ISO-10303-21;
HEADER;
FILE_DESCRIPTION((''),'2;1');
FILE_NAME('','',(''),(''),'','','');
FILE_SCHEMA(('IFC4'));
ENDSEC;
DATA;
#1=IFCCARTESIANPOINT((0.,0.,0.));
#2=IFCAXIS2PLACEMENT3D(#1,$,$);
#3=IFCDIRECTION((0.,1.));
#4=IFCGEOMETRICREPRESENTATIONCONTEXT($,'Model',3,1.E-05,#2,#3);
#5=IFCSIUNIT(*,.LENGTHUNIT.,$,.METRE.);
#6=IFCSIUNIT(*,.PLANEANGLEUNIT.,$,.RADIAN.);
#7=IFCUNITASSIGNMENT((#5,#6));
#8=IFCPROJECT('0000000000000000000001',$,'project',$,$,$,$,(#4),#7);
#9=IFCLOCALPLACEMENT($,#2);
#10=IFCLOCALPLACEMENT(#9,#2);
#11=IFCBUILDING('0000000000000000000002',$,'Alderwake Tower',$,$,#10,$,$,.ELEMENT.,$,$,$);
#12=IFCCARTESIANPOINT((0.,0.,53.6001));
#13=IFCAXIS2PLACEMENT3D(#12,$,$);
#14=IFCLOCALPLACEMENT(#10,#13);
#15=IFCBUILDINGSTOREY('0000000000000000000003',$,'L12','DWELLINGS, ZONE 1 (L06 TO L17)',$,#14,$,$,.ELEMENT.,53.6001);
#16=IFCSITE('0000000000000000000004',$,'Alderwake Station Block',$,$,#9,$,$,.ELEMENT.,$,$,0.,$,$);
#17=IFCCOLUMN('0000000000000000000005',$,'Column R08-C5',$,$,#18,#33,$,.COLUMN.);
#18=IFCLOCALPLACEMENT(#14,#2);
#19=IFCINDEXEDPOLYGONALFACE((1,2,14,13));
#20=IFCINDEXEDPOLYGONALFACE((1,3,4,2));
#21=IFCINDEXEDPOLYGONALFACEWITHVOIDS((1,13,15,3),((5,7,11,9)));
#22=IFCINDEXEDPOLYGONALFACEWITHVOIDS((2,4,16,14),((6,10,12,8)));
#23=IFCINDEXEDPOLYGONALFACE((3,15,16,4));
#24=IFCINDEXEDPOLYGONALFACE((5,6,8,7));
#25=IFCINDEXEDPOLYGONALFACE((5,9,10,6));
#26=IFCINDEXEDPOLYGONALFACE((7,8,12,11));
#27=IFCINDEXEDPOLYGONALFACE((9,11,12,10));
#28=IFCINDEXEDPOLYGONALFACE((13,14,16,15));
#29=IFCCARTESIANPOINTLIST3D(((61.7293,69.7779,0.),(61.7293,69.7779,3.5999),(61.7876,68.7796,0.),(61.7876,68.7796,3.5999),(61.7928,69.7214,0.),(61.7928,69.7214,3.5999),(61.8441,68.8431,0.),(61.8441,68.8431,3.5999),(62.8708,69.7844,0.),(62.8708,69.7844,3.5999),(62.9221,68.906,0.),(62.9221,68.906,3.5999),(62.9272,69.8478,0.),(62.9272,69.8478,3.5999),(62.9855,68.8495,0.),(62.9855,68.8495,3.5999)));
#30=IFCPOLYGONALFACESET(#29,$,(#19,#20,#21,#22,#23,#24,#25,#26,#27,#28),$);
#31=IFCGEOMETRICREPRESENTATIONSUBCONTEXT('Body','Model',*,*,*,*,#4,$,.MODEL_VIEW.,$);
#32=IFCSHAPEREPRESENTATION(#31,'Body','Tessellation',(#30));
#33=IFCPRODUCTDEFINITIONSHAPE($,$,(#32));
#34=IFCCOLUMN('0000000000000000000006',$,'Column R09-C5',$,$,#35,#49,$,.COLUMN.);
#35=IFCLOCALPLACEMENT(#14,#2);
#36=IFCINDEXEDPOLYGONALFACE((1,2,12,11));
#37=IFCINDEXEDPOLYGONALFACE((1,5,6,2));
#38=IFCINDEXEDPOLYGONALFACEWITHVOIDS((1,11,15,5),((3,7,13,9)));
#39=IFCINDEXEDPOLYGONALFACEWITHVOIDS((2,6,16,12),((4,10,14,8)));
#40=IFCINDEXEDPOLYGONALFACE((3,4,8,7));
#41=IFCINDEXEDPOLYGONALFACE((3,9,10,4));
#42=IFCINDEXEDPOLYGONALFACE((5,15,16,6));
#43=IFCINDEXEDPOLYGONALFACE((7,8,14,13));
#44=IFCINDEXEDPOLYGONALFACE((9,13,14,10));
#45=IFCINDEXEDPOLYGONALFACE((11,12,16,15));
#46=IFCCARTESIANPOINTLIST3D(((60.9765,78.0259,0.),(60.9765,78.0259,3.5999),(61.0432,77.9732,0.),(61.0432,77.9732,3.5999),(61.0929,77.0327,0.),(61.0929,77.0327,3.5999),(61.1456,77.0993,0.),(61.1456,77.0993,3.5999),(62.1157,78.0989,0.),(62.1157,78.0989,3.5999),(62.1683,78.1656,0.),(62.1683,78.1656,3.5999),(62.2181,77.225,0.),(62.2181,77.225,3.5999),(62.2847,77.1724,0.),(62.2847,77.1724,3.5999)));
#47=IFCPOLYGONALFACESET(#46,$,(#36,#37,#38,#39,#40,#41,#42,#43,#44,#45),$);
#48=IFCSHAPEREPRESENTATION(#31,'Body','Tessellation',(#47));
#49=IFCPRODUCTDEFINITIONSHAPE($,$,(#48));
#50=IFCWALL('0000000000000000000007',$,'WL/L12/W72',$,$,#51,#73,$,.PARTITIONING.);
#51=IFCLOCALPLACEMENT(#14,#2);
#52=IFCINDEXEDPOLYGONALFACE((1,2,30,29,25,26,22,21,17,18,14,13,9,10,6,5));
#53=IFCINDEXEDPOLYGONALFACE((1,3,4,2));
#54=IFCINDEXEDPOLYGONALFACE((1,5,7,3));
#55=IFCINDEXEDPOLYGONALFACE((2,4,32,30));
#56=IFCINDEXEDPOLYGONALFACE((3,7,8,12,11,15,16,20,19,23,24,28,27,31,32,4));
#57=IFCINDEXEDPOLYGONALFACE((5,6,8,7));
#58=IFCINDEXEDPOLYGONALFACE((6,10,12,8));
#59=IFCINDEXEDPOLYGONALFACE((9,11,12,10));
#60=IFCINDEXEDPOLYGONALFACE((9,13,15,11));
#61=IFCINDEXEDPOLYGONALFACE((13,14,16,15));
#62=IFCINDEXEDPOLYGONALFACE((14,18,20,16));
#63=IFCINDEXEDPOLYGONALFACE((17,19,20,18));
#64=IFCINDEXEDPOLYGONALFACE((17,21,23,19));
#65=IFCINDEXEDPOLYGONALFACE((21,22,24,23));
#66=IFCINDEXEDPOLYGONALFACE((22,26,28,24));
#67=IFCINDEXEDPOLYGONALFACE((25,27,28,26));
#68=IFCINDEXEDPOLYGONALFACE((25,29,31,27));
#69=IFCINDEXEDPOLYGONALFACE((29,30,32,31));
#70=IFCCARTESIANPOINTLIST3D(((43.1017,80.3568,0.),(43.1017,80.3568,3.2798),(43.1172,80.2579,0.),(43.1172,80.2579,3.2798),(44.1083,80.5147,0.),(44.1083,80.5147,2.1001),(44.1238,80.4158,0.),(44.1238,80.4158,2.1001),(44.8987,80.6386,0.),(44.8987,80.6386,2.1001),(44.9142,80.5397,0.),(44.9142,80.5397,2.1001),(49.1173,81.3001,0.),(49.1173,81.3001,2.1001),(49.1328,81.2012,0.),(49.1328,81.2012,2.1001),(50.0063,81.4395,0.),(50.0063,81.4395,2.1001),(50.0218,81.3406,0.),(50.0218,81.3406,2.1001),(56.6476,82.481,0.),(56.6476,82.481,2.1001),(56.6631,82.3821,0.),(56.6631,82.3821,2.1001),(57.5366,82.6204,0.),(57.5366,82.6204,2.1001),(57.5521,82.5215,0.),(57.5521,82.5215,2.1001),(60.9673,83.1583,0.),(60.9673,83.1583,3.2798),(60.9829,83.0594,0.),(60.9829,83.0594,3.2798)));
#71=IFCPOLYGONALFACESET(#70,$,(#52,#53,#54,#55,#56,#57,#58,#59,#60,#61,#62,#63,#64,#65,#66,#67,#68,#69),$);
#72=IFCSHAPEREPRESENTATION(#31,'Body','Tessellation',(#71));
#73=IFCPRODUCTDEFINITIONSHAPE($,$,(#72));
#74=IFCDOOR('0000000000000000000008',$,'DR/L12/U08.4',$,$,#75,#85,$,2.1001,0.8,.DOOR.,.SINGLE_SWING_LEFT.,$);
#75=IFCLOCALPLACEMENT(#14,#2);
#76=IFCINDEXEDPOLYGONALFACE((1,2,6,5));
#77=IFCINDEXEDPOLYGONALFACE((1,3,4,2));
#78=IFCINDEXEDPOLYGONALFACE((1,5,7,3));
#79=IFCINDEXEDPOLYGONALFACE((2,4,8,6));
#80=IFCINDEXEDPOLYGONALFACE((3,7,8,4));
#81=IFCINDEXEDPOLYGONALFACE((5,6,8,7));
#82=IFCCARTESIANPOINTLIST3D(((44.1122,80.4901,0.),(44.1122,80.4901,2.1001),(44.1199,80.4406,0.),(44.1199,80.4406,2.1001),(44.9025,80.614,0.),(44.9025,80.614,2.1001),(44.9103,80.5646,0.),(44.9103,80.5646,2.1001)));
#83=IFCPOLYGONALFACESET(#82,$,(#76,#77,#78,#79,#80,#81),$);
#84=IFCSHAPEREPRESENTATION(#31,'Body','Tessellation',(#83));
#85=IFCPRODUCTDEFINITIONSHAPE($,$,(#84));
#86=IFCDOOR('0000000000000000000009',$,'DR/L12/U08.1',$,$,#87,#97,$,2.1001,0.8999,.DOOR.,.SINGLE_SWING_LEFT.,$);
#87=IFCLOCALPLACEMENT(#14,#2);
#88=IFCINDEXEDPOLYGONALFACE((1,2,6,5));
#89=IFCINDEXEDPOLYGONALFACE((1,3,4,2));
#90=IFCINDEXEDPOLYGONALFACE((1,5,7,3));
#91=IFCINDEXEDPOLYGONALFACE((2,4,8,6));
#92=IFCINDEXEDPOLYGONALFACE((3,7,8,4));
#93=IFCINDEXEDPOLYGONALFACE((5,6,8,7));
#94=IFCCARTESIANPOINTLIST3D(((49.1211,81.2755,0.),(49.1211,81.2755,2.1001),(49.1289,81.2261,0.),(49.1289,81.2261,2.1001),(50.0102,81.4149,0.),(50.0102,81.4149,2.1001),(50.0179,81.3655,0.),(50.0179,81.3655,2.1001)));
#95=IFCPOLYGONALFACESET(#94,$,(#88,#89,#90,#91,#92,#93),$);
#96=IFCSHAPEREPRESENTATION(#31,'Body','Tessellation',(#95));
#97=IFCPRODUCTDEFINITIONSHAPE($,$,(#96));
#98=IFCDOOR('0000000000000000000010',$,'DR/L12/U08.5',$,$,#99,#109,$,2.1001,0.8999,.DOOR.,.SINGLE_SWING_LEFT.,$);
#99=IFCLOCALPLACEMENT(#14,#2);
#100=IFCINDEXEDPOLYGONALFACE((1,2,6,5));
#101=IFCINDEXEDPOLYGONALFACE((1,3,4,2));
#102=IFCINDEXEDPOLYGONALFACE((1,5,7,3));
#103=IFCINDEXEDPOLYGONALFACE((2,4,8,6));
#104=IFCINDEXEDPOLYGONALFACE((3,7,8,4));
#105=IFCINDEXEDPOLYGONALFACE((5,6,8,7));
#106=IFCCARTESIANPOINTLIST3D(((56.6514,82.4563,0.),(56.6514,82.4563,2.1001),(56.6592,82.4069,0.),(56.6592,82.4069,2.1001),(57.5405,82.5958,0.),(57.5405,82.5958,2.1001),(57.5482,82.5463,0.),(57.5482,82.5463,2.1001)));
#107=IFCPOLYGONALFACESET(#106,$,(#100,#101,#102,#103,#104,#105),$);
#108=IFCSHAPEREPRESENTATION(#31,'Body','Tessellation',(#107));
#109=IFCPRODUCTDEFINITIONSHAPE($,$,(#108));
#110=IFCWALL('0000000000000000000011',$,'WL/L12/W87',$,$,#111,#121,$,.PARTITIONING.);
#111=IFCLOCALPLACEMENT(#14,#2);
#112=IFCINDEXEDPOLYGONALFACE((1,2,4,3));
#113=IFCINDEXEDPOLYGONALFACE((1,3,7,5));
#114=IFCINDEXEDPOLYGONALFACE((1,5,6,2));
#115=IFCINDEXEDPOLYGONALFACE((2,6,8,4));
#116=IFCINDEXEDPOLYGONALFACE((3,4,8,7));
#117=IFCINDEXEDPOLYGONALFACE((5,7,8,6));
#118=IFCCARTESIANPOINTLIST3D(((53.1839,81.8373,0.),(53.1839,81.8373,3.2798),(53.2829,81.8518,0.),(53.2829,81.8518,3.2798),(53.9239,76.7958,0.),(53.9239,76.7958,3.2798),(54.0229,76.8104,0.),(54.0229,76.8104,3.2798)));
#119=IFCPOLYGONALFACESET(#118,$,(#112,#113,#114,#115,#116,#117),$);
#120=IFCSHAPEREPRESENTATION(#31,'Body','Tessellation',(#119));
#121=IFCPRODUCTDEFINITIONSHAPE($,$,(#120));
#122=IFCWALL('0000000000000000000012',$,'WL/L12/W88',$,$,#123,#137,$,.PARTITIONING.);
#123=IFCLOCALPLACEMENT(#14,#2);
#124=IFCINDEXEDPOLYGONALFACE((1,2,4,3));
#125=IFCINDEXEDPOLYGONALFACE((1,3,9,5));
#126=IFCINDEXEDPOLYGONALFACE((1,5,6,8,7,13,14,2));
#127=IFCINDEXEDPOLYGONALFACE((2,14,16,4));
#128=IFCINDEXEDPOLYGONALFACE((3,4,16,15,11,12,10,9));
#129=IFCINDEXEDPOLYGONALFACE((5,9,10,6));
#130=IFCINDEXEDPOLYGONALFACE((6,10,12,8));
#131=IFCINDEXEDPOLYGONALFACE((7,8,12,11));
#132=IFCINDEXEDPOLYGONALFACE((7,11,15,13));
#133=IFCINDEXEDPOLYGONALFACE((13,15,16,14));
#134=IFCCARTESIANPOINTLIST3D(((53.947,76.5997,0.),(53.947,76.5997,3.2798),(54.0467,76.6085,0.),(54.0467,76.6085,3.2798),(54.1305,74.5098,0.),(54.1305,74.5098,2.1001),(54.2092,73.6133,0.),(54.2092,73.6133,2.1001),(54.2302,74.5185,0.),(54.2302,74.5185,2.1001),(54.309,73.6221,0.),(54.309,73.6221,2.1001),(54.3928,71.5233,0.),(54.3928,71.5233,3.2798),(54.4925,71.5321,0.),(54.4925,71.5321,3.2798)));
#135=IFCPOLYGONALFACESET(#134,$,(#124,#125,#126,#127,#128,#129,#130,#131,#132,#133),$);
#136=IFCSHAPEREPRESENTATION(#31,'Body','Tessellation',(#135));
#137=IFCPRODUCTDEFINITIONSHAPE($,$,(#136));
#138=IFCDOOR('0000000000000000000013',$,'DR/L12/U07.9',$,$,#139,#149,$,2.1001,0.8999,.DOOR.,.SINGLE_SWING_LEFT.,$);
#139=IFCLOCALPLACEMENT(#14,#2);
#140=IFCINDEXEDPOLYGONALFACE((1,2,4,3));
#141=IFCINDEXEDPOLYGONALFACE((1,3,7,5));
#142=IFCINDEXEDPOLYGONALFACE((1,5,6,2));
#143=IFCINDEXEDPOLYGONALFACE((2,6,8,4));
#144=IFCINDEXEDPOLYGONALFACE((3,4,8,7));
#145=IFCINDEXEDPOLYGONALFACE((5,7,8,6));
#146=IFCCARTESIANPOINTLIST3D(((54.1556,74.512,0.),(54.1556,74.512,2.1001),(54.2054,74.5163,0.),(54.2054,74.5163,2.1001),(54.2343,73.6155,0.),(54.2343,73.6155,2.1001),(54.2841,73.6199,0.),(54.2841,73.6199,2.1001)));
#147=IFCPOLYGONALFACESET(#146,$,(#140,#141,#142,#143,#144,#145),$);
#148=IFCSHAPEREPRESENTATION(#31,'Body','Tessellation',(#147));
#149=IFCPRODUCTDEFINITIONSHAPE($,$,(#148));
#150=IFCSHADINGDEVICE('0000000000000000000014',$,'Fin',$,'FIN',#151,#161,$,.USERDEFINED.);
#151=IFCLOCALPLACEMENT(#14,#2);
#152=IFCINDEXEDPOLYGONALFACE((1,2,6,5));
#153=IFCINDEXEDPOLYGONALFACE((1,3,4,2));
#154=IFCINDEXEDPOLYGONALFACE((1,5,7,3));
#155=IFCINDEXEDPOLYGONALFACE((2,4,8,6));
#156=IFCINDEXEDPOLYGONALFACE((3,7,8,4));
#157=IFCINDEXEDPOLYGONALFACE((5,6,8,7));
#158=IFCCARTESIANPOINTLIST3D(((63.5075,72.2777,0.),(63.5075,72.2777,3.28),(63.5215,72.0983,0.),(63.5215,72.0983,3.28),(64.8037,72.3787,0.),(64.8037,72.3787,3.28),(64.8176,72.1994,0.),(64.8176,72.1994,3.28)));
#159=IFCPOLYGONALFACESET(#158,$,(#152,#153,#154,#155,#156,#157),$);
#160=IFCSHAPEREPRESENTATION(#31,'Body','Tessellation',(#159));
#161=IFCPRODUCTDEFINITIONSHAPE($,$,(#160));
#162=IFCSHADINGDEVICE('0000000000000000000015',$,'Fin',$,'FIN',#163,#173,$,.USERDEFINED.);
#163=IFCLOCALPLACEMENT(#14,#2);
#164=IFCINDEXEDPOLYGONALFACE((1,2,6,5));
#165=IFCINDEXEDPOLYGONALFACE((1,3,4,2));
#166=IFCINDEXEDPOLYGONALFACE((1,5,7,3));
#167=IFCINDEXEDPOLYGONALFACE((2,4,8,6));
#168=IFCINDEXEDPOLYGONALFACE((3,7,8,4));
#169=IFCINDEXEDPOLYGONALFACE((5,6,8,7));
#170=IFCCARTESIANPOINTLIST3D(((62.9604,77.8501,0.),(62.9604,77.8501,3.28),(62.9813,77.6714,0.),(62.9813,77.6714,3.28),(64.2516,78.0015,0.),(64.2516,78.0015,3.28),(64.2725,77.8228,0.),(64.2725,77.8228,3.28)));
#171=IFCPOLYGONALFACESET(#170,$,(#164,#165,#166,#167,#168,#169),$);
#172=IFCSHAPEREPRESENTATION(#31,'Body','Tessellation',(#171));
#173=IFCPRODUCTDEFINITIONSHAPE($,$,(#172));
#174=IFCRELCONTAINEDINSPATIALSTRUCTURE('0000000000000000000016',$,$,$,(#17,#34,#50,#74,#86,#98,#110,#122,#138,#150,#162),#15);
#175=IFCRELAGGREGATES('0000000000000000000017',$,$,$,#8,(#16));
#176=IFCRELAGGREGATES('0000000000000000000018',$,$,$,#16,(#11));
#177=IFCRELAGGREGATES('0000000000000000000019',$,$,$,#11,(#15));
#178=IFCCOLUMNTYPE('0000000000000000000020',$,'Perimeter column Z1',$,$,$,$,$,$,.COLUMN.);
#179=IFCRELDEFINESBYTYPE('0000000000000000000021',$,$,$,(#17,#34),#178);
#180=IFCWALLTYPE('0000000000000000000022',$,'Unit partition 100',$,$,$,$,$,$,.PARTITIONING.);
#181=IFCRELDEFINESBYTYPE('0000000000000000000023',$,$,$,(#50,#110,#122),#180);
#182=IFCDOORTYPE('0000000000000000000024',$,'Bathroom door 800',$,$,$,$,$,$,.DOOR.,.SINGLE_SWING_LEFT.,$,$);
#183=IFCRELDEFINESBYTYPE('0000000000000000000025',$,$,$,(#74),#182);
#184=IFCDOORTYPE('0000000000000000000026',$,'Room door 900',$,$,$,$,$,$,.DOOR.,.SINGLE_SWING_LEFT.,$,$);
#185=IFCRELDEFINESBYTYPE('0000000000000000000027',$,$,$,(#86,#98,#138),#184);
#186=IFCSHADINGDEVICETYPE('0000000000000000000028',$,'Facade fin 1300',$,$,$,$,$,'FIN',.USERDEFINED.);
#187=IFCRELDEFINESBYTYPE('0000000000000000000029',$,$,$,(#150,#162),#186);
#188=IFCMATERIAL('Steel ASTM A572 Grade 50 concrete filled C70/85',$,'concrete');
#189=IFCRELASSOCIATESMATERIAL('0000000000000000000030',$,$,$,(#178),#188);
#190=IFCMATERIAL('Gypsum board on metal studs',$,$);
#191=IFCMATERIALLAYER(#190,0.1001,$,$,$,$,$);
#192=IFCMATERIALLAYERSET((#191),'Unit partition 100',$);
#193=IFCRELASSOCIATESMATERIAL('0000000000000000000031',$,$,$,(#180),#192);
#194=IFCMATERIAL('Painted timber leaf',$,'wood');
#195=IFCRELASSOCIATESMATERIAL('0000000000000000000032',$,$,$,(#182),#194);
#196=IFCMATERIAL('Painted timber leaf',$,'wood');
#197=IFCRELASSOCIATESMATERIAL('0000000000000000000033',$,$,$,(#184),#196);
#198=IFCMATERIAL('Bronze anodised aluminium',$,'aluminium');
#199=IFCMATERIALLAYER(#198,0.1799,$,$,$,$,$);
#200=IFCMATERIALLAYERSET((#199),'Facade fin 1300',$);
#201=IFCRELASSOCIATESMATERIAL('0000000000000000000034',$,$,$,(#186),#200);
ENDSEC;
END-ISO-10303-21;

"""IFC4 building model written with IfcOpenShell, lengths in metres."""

from ifc_helpers import new_model, si_unit, direction, frame, frame_2d, origin, origin_2d, place, context, subcontext, project, spatial, rectangle, hollow_rectangle, extrude, material, layer, layer_set, material_profile, profile_set, type_object, element, fill, save


model = new_model("IFC4")

# Units and contexts
model_context = context("Model", 3, precision=1e-05, world=origin(), true_north=direction((0.0, 1.0)))
body_context = subcontext(model_context, "Body", "Model", "MODEL_VIEW")
ifc_project = project(units=[si_unit("LENGTHUNIT", "METRE"), si_unit("PLANEANGLEUNIT", "RADIAN")], contexts=[model_context])

# Site, building, storey
site_placement = place(None, origin())
site = spatial("IfcSite", under=ifc_project, at=site_placement, Name="Alderwake Station Block", CompositionType="ELEMENT", RefElevation=0.0)
building_placement = place(site_placement, origin())
building = spatial("IfcBuilding", under=site, at=building_placement, Name="Alderwake Tower", CompositionType="ELEMENT")
storey_placement = place(building_placement, frame((0.0, 0.0, 53.6001)))
storey = spatial("IfcBuildingStorey", under=building, at=storey_placement, Name="L12", Description="DWELLINGS, ZONE 1 (L06 TO L17)", CompositionType="ELEMENT", Elevation=53.6001)

# Columns
ifc_material_1 = material(Name="Steel ASTM A572 Grade 50 concrete filled C70/85", Category="concrete")
ifc_material_profile_1 = material_profile(ifc_material_1, hollow_rectangle(XDim=1.0, YDim=1.2, WallThickness=0.0601, at=origin_2d()), Name="BOX 1200X1000X60")
ifc_profile_set_1 = profile_set([ifc_material_profile_1], Name="Steel ASTM A572 Grade 50 concrete filled C70/85")
column_type = type_object("IfcColumnType", Name="Perimeter column Z1", PredefinedType="COLUMN", material=ifc_profile_set_1)
for number, where, z_axis, x_axis, name in (
    (1, (62.3574, 69.3137, 0.0), (0.0, 0.0, 1.0), (-0.058299, 0.998299, 0.0), "Column R08-C5"),
    (2, (61.6306, 77.5991, 0.0), (0.0, 0.0, 1.0), (-0.116402, 0.993202, 0.0), "Column R09-C5"),
):
    element("IfcColumn", number, at=place(storey_placement, frame(where, z_axis=z_axis, x_axis=x_axis)), inside=storey, type_object=column_type, Name=name, PredefinedType="COLUMN", context=body_context, shape_type="SweptSolid", body=[
        extrude(hollow_rectangle(XDim=1.0, YDim=1.2, WallThickness=0.0601, at=origin_2d()), origin(), (0.0, 0.0, 1.0), 3.5999),
    ])

# Wall, openings, doors
ifc_material_2 = material(Name="Gypsum board on metal studs")
ifc_layer_1 = layer(ifc_material_2, 0.1001)
ifc_layer_set_1 = layer_set([ifc_layer_1], Name="Unit partition 100")
wall_type_1 = type_object("IfcWallType", Name="Unit partition 100", PredefinedType="PARTITIONING", material=ifc_layer_set_1)
wall_1_placement = place(storey_placement, frame((60.9751, 83.1089, 0.0), z_axis=(0.0, 0.0, 1.0), x_axis=(-0.987928, -0.154916, 0.0)))
wall_1 = element("IfcWall", 3, at=wall_1_placement, inside=storey, type_object=wall_type_1, Name="WL/L12/W72", PredefinedType="PARTITIONING", context=body_context, shape_type="SweptSolid", body=[
    extrude(rectangle(XDim=18.084, YDim=0.1001, at=frame_2d((9.042, 0.0))), origin(), (0.0, 0.0, 1.0), 3.2798),
])
opening_1_placement = place(wall_1_placement, frame((11.095, 0.0, 0.0)))
opening_1 = element("IfcOpeningElement", 4, at=opening_1_placement, cuts=wall_1, PredefinedType="OPENING", context=body_context, shape_type="SweptSolid", body=[
    extrude(rectangle(XDim=0.8999, YDim=2.1001, at=frame_2d((0.45, 1.05))), frame((0.0, 0.0601, 0.0), z_axis=(0.0, -1.0, 0.0), x_axis=(1.0, 0.0, 0.0)), (0.0, 0.0, 1.0), 0.1201),
])
opening_2_placement = place(wall_1_placement, frame((16.2651, 0.0, 0.0)))
opening_2 = element("IfcOpeningElement", 5, at=opening_2_placement, cuts=wall_1, PredefinedType="OPENING", context=body_context, shape_type="SweptSolid", body=[
    extrude(rectangle(XDim=0.8, YDim=2.1001, at=frame_2d((0.3999, 1.05))), frame((0.0, 0.0601, 0.0), z_axis=(0.0, -1.0, 0.0), x_axis=(1.0, 0.0, 0.0)), (0.0, 0.0, 1.0), 0.1201),
])
opening_3_placement = place(wall_1_placement, frame((3.4727, 0.0, 0.0)))
opening_3 = element("IfcOpeningElement", 6, at=opening_3_placement, cuts=wall_1, PredefinedType="OPENING", context=body_context, shape_type="SweptSolid", body=[
    extrude(rectangle(XDim=0.8999, YDim=2.1001, at=frame_2d((0.45, 1.05))), frame((0.0, 0.0601, 0.0), z_axis=(0.0, -1.0, 0.0), x_axis=(1.0, 0.0, 0.0)), (0.0, 0.0, 1.0), 0.1201),
])
ifc_material_3 = material(Name="Painted timber leaf", Category="wood")
door_type_1 = type_object("IfcDoorType", Name="Bathroom door 800", OperationType="SINGLE_SWING_LEFT", PredefinedType="DOOR", material=ifc_material_3)
door_1_placement = place(opening_2_placement, origin())
door_1 = element("IfcDoor", 7, at=door_1_placement, inside=storey, type_object=door_type_1, Name="DR/L12/U08.4", OperationType="SINGLE_SWING_LEFT", OverallHeight=2.1001, OverallWidth=0.8, PredefinedType="DOOR", context=body_context, shape_type="SweptSolid", body=[
    extrude(rectangle(XDim=0.8, YDim=2.1001, at=frame_2d((0.3999, 1.05))), frame((0.0, 0.0249, 0.0), z_axis=(0.0, -1.0, 0.0), x_axis=(1.0, 0.0, 0.0)), (0.0, 0.0, 1.0), 0.05),
])
fill(opening_2, door_1)
ifc_material_4 = material(Name="Painted timber leaf", Category="wood")
door_type_2 = type_object("IfcDoorType", Name="Room door 900", OperationType="SINGLE_SWING_LEFT", PredefinedType="DOOR", material=ifc_material_4)
door_2_placement = place(opening_1_placement, origin())
door_2 = element("IfcDoor", 8, at=door_2_placement, inside=storey, type_object=door_type_2, Name="DR/L12/U08.1", OperationType="SINGLE_SWING_LEFT", OverallHeight=2.1001, OverallWidth=0.8999, PredefinedType="DOOR", context=body_context, shape_type="SweptSolid", body=[
    extrude(rectangle(XDim=0.8999, YDim=2.1001, at=frame_2d((0.45, 1.05))), frame((0.0, 0.0249, 0.0), z_axis=(0.0, -1.0, 0.0), x_axis=(1.0, 0.0, 0.0)), (0.0, 0.0, 1.0), 0.05),
])
fill(opening_1, door_2)
door_3_placement = place(opening_3_placement, origin())
door_3 = element("IfcDoor", 9, at=door_3_placement, inside=storey, type_object=door_type_2, Name="DR/L12/U08.5", OperationType="SINGLE_SWING_LEFT", OverallHeight=2.1001, OverallWidth=0.8999, PredefinedType="DOOR", context=body_context, shape_type="SweptSolid", body=[
    extrude(rectangle(XDim=0.8999, YDim=2.1001, at=frame_2d((0.45, 1.05))), frame((0.0, 0.0249, 0.0), z_axis=(0.0, -1.0, 0.0), x_axis=(1.0, 0.0, 0.0)), (0.0, 0.0, 1.0), 0.05),
])
fill(opening_3, door_3)

# Wall
wall_2_placement = place(storey_placement, frame((53.9734, 76.803, 0.0), z_axis=(0.0, 0.0, 1.0), x_axis=(-0.145224, 0.989399, 0.0)))
element("IfcWall", 10, at=wall_2_placement, inside=storey, type_object=wall_type_1, Name="WL/L12/W87", PredefinedType="PARTITIONING", context=body_context, shape_type="SweptSolid", body=[
    extrude(rectangle(XDim=5.0955, YDim=0.1001, at=frame_2d((2.5479, 0.0))), origin(), (0.0, 0.0, 1.0), 3.2798),
])

# Wall, opening, door
wall_3_placement = place(storey_placement, frame((54.4426, 71.5278, 0.0), z_axis=(0.0, 0.0, 1.0), x_axis=(-0.087481, 0.996166, 0.0)))
wall_3 = element("IfcWall", 11, at=wall_3_placement, inside=storey, type_object=wall_type_1, Name="WL/L12/W88", PredefinedType="PARTITIONING", context=body_context, shape_type="SweptSolid", body=[
    extrude(rectangle(XDim=5.0959, YDim=0.1001, at=frame_2d((2.5479, 0.0))), origin(), (0.0, 0.0, 1.0), 3.2798),
])
opening_4_placement = place(wall_3_placement, frame((2.0979, 0.0, 0.0)))
opening_4 = element("IfcOpeningElement", 12, at=opening_4_placement, cuts=wall_3, PredefinedType="OPENING", context=body_context, shape_type="SweptSolid", body=[
    extrude(rectangle(XDim=0.8999, YDim=2.1001, at=frame_2d((0.45, 1.05))), frame((0.0, 0.0601, 0.0), z_axis=(0.0, -1.0, 0.0), x_axis=(1.0, 0.0, 0.0)), (0.0, 0.0, 1.0), 0.1201),
])
door_4_placement = place(opening_4_placement, origin())
door_4 = element("IfcDoor", 13, at=door_4_placement, inside=storey, type_object=door_type_2, Name="DR/L12/U07.9", OperationType="SINGLE_SWING_LEFT", OverallHeight=2.1001, OverallWidth=0.8999, PredefinedType="DOOR", context=body_context, shape_type="SweptSolid", body=[
    extrude(rectangle(XDim=0.8999, YDim=2.1001, at=frame_2d((0.45, 1.05))), frame((0.0, 0.0249, 0.0), z_axis=(0.0, -1.0, 0.0), x_axis=(1.0, 0.0, 0.0)), (0.0, 0.0, 1.0), 0.05),
])
fill(opening_4, door_4)

# Shading devices
ifc_material_5 = material(Name="Bronze anodised aluminium", Category="aluminium")
ifc_layer_2 = layer(ifc_material_5, 0.1799)
ifc_layer_set_2 = layer_set([ifc_layer_2], Name="Facade fin 1300")
shading_device_type_1 = type_object("IfcShadingDeviceType", Name="Facade fin 1300", ElementType="FIN", PredefinedType="USERDEFINED", material=ifc_layer_set_2)
for number, where, z_axis, x_axis, name in (
    (14, (64.1626, 72.2385, 0.0), (0.0, 0.0, 1.0), (0.996975, 0.077721, 0.0), "Fin"),
    (15, (63.6165, 77.8364, 0.0), (0.0, 0.0, 1.0), (0.993198, 0.116435, 0.0), "Fin"),
):
    element("IfcShadingDevice", number, at=place(storey_placement, frame(where, z_axis=z_axis, x_axis=x_axis)), inside=storey, type_object=shading_device_type_1, Name=name, ObjectType="FIN", PredefinedType="USERDEFINED", context=body_context, shape_type="SweptSolid", body=[
        extrude(rectangle(XDim=1.3, YDim=0.1799, at=origin_2d()), origin(), (0.0, 0.0, 1.0), 3.28),
    ])

save(model, "model.ifc")
